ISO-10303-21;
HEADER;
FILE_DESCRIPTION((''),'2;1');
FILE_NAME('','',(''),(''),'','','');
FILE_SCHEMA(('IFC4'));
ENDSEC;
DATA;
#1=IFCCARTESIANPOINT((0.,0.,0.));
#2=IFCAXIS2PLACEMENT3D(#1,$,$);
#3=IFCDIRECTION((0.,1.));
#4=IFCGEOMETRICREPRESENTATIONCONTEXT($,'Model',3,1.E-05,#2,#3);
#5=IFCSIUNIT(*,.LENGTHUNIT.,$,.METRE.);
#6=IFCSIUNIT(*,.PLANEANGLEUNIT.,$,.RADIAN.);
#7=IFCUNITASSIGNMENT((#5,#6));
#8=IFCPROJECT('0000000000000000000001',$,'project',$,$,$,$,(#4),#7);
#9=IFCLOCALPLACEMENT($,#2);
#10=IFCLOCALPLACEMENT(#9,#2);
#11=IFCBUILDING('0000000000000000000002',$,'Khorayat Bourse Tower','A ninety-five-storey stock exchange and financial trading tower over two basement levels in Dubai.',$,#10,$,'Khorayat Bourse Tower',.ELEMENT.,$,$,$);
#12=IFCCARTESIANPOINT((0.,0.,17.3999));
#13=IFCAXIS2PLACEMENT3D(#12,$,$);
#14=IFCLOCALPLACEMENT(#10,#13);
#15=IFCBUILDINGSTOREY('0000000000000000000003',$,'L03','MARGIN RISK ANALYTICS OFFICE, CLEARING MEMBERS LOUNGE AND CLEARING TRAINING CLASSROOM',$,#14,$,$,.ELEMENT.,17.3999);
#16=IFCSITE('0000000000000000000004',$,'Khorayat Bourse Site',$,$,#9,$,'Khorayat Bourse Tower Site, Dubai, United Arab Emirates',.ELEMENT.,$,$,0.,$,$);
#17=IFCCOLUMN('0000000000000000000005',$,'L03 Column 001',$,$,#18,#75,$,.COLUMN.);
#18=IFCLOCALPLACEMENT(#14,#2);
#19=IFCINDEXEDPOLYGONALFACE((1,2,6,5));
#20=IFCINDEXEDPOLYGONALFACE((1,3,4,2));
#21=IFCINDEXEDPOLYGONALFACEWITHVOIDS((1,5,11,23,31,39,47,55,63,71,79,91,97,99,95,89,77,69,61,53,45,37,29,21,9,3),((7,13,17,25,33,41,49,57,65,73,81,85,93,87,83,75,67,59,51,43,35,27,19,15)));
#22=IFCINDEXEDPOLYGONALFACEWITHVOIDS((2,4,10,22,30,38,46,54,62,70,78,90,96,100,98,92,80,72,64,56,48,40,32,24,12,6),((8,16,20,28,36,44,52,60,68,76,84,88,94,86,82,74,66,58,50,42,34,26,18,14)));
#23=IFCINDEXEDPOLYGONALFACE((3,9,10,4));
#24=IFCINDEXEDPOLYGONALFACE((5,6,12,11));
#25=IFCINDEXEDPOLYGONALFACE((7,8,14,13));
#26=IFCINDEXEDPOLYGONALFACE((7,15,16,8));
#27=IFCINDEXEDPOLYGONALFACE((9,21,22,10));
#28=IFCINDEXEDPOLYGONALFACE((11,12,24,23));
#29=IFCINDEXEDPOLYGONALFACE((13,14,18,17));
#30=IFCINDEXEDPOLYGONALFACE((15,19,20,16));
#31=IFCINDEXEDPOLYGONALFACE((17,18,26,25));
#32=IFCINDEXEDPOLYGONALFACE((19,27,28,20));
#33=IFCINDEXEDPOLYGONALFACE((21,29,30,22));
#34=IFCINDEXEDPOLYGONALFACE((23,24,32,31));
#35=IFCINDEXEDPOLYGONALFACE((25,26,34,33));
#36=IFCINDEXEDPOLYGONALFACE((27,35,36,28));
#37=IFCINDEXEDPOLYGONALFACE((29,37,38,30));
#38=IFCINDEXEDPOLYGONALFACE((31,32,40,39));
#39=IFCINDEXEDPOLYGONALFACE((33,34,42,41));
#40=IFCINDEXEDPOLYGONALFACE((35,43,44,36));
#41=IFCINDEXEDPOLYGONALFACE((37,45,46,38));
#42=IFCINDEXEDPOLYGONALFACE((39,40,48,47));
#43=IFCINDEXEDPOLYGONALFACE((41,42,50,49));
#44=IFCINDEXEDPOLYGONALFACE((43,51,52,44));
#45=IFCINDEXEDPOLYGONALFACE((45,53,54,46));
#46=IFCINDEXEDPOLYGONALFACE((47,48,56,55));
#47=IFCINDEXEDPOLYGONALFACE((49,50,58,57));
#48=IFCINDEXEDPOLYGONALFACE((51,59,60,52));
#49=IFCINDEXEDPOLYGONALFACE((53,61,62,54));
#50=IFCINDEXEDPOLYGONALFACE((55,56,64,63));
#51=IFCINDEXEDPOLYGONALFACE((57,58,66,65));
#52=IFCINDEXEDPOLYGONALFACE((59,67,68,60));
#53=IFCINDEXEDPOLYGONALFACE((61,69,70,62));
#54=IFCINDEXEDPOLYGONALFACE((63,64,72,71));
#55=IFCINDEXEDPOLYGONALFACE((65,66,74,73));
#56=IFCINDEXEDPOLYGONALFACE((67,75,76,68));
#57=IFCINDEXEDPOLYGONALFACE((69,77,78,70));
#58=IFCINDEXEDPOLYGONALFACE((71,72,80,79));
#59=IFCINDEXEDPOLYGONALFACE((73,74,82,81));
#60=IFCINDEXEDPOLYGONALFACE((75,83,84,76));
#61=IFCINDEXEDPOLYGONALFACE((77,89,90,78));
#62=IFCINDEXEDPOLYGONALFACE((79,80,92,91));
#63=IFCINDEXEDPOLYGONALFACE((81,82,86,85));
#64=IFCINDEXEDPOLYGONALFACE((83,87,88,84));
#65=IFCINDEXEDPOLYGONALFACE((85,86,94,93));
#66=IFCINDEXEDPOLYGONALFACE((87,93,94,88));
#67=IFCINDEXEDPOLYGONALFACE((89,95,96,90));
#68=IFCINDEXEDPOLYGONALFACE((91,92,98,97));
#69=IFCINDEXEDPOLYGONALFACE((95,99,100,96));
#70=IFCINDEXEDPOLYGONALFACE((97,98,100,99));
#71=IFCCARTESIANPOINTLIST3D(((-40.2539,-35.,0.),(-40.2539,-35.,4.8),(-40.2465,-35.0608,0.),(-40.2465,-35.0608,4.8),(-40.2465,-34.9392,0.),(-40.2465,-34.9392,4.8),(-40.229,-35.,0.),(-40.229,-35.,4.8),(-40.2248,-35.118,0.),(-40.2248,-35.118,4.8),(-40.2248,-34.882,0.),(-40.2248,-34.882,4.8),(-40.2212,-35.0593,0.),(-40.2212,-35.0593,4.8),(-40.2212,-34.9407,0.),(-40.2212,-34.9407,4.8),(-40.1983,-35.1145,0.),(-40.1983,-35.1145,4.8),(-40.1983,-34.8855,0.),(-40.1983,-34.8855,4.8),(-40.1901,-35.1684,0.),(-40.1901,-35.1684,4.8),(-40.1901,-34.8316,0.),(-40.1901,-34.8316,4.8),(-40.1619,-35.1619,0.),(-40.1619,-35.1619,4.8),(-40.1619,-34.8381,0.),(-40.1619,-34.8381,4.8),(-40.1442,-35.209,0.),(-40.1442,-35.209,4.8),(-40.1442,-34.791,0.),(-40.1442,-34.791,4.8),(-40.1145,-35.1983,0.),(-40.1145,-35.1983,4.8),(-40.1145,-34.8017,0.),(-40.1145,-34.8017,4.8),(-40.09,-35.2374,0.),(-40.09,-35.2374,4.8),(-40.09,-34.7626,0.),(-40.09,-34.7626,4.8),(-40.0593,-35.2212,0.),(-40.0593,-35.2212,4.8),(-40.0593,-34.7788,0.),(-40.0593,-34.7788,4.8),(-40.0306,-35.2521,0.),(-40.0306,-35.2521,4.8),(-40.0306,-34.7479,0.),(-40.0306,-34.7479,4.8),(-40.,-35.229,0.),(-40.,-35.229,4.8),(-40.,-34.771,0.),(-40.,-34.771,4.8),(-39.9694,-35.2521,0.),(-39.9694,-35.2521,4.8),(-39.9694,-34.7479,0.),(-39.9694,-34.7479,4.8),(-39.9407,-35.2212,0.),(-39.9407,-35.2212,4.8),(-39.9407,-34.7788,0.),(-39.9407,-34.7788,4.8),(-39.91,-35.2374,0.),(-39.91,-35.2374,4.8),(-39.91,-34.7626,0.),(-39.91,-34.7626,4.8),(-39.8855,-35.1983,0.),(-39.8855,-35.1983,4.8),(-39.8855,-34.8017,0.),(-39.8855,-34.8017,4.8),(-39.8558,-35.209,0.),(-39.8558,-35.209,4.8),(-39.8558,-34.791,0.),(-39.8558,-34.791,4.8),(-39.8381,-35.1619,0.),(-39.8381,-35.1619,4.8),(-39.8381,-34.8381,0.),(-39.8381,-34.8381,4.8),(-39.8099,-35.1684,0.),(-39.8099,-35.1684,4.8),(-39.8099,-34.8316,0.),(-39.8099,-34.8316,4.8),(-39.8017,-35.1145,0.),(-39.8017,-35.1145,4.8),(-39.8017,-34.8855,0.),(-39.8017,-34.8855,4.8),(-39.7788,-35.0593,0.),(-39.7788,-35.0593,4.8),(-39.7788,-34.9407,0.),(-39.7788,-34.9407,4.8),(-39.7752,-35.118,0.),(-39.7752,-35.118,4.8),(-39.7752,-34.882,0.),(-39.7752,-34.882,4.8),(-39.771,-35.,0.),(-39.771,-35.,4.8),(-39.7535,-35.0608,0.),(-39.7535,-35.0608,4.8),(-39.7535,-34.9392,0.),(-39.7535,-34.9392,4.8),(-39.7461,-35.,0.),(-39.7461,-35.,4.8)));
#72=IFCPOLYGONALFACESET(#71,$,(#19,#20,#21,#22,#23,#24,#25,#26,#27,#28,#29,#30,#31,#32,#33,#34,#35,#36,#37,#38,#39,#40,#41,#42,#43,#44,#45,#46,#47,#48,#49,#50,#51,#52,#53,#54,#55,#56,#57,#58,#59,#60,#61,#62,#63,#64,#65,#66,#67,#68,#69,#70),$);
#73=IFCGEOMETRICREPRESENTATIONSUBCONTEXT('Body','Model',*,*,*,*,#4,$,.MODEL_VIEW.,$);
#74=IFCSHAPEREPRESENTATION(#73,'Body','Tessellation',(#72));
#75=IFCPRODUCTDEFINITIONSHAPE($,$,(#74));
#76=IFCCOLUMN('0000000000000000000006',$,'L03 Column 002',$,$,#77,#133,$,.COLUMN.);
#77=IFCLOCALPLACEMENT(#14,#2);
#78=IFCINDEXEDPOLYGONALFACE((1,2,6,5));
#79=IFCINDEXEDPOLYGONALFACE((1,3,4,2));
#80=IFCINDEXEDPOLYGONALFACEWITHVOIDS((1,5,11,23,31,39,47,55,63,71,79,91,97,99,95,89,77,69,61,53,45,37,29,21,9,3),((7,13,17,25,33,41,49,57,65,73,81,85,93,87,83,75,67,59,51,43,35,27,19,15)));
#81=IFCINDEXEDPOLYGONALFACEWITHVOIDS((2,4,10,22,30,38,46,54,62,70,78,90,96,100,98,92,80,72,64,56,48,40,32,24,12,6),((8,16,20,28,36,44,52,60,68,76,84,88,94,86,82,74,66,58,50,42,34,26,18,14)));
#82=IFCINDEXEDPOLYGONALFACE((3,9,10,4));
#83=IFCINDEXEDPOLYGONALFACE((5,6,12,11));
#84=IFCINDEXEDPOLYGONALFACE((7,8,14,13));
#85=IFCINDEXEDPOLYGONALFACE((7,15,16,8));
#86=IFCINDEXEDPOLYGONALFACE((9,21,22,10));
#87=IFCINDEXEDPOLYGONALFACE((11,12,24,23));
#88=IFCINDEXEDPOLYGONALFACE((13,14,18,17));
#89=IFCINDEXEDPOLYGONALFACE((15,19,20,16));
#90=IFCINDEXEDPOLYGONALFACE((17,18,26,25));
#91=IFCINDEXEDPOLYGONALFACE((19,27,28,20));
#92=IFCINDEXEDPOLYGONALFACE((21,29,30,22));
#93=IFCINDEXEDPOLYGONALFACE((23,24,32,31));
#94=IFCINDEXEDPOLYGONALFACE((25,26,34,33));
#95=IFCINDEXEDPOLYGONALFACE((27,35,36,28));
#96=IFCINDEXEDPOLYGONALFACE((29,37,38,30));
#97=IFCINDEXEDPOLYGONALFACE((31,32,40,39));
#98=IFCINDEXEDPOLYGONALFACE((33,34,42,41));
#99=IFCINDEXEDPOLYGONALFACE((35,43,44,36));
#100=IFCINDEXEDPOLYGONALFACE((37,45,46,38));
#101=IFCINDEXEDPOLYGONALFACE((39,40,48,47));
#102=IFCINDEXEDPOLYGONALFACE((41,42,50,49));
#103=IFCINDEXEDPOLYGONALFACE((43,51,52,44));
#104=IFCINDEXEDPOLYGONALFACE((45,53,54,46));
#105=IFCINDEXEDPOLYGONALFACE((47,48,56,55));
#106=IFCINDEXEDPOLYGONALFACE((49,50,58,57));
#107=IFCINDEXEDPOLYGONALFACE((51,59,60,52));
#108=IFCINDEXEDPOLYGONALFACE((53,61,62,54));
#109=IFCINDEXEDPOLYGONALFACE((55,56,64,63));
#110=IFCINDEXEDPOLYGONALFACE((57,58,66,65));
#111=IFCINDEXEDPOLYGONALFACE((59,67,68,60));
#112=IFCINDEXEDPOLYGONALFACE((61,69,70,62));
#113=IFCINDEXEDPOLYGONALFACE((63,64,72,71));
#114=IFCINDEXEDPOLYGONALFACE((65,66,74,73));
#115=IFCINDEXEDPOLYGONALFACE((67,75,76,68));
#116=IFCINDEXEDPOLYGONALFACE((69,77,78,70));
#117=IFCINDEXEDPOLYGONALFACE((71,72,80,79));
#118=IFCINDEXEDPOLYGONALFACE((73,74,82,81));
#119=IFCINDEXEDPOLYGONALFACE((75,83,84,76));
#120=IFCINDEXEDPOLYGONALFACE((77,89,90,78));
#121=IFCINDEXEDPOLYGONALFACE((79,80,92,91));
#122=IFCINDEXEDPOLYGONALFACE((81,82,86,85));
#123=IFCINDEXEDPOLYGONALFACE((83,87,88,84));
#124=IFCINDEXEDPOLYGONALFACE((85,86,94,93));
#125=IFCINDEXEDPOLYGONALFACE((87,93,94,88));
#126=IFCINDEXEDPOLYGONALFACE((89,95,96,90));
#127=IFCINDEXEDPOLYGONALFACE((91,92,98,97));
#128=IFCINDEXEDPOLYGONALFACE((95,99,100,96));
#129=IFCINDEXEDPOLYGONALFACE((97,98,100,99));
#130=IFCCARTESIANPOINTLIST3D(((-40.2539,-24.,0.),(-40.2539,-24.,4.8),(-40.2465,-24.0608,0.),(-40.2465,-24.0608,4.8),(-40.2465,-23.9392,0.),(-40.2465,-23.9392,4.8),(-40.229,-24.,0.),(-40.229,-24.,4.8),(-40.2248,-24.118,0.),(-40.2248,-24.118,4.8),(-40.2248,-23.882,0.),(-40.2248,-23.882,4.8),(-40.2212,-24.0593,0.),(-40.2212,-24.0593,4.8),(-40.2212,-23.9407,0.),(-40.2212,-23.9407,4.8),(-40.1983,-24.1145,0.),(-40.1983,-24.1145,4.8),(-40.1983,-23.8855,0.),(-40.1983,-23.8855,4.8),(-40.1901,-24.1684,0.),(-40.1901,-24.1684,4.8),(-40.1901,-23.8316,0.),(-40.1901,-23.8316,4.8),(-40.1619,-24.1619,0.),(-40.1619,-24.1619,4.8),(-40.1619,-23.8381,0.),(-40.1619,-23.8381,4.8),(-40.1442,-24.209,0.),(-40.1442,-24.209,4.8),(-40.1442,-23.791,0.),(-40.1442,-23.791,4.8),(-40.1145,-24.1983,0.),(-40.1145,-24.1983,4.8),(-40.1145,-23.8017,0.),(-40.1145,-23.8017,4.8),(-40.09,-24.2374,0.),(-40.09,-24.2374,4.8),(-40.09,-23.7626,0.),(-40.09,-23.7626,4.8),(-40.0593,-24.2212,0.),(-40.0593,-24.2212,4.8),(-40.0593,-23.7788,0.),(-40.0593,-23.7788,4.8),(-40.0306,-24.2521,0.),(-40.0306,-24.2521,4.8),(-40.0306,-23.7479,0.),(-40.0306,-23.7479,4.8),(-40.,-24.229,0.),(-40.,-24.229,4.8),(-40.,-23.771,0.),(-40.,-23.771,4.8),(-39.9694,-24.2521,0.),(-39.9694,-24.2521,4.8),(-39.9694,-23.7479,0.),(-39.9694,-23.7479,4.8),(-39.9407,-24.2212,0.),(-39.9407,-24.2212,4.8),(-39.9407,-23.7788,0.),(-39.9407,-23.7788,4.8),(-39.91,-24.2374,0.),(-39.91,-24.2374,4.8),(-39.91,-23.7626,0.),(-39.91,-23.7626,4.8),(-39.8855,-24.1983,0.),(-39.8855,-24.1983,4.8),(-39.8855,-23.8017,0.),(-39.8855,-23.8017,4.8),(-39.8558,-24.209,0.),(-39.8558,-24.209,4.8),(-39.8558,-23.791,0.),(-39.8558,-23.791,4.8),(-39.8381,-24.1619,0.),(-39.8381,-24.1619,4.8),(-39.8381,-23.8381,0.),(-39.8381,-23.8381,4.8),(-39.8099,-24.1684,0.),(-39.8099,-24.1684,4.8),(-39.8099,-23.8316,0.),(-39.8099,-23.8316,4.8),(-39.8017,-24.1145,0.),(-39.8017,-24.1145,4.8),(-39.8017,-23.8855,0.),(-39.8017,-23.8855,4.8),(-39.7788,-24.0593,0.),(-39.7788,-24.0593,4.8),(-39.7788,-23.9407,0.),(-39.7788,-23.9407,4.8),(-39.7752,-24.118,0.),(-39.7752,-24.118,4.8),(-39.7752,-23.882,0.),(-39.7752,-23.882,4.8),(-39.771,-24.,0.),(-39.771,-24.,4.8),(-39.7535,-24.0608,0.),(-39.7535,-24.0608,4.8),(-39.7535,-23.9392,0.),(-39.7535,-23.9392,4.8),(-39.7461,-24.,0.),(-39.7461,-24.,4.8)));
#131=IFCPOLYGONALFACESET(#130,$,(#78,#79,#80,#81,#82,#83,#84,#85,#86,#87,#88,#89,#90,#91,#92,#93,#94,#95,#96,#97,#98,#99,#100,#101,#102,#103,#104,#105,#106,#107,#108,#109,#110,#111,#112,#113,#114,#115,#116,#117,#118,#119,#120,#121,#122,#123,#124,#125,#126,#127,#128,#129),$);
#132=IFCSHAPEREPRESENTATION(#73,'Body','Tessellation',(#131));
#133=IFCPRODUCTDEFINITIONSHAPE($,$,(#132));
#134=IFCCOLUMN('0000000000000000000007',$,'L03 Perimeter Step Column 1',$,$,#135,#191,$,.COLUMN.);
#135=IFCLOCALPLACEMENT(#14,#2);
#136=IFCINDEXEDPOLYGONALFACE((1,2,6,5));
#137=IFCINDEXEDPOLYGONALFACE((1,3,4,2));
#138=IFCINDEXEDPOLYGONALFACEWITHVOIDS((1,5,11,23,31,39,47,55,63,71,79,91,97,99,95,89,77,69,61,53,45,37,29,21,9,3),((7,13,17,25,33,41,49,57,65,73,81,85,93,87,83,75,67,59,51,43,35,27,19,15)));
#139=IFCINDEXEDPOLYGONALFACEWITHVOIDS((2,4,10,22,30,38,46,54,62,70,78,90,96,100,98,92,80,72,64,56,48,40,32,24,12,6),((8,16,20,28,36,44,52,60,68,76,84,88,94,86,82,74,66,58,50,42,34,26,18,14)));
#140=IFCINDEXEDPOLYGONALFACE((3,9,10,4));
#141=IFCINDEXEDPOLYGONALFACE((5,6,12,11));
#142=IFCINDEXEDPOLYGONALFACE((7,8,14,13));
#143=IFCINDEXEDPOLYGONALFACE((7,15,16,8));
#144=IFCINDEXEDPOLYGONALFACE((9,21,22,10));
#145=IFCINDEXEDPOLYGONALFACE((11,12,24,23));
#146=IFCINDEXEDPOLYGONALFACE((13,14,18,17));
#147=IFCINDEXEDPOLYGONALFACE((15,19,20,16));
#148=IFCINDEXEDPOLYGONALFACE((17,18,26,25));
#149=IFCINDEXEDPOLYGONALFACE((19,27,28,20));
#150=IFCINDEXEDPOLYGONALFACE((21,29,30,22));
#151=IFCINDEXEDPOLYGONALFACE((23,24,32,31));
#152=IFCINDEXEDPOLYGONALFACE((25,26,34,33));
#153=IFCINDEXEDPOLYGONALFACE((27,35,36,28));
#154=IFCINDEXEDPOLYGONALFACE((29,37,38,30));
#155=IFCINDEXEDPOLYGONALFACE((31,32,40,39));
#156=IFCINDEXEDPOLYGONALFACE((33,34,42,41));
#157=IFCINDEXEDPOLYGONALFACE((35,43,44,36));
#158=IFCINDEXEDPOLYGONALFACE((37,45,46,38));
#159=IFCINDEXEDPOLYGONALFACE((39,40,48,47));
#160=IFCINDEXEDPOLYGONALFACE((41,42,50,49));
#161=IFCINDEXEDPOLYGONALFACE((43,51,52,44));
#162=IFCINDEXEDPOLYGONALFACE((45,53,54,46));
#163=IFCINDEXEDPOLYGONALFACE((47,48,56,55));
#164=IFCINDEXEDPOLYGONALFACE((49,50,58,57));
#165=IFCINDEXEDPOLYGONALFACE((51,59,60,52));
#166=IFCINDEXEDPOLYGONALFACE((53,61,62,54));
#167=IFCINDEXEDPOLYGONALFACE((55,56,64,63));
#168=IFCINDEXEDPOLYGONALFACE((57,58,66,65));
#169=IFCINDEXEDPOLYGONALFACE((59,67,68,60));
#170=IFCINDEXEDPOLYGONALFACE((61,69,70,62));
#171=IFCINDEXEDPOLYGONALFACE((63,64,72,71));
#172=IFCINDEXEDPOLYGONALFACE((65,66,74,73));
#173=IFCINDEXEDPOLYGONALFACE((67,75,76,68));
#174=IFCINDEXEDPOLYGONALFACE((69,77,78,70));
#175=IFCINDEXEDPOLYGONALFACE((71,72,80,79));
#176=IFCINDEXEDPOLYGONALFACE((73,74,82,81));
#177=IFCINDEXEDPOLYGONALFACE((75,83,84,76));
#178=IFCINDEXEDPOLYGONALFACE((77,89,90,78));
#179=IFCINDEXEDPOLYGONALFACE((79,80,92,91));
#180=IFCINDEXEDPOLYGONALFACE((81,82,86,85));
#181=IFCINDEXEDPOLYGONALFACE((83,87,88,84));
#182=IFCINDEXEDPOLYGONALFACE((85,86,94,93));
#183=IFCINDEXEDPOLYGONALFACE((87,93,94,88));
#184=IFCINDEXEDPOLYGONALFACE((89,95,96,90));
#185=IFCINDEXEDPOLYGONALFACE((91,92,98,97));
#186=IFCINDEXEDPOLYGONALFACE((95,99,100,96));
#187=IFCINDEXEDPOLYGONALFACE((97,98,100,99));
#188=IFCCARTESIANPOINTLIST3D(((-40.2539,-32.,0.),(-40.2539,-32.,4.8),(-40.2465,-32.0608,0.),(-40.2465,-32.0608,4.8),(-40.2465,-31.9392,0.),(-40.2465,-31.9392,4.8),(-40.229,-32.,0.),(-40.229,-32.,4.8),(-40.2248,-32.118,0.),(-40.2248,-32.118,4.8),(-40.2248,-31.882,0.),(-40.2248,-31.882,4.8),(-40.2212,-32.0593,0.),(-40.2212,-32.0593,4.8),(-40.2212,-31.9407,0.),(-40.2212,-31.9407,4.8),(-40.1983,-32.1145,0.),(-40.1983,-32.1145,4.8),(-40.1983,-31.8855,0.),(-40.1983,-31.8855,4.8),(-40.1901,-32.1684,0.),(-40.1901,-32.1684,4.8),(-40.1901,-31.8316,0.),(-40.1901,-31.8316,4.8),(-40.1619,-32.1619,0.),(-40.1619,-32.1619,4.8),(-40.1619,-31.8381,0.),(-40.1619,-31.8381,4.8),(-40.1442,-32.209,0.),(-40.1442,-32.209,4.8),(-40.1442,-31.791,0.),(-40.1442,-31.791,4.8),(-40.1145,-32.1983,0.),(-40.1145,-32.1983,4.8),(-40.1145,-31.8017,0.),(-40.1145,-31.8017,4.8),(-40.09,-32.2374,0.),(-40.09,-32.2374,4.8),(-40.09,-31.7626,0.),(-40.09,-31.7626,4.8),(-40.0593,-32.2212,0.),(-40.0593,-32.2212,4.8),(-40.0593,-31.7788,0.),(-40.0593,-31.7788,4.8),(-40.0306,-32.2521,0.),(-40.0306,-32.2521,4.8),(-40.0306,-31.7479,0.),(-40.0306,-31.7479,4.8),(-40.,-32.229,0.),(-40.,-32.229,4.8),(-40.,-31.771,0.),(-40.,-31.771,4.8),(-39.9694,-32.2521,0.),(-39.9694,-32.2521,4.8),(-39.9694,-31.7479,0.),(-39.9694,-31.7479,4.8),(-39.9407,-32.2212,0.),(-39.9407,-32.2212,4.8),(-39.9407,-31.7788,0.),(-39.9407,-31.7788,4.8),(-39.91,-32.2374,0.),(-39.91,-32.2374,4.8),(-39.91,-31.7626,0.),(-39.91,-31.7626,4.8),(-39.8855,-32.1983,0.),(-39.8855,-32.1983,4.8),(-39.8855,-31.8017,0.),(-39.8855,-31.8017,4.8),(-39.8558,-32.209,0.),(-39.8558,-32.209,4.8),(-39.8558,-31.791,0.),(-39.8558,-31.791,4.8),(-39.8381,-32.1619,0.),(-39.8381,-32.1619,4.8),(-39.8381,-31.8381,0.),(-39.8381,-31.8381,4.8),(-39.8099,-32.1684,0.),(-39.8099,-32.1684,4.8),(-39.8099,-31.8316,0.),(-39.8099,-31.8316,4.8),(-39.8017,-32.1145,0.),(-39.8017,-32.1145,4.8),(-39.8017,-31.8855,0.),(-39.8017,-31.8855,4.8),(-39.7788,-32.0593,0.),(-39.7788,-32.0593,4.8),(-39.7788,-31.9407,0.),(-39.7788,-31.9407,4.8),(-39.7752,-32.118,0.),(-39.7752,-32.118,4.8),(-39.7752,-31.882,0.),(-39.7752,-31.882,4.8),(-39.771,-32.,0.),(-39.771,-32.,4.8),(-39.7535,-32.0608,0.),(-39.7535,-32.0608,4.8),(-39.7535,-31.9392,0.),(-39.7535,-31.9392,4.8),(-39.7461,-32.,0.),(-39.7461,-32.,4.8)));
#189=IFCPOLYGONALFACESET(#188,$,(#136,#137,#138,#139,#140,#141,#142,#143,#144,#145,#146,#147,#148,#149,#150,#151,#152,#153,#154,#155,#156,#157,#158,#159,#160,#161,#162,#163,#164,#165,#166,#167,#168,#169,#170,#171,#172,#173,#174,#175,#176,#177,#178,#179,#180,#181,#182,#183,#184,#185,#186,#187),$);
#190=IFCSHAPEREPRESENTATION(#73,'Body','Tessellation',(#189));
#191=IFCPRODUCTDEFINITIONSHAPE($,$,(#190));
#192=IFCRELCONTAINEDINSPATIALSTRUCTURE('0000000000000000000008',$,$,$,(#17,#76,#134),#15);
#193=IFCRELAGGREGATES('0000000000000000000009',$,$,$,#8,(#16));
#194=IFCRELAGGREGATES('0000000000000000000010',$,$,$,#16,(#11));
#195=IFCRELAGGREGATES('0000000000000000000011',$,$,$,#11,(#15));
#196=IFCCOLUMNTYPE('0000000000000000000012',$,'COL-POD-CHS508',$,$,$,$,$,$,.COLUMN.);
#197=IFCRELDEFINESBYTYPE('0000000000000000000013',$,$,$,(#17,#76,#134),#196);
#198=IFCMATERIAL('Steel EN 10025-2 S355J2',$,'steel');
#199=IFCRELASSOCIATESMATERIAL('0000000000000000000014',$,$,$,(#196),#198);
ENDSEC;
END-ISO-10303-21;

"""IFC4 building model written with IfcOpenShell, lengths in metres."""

from ifc_helpers import new_model, si_unit, direction, frame, origin, origin_2d, place, context, subcontext, project, spatial, hollow_circle, extrude, source, transform, mapped, material, material_profile, profile_set, type_object, element, save


model = new_model("IFC4")

# Units and contexts
model_context = context("Model", 3, precision=1e-05, world=origin(), true_north=direction((0.0, 1.0)))
body_context = subcontext(model_context, "Body", "Model", "MODEL_VIEW")
ifc_project = project(units=[si_unit("LENGTHUNIT", "METRE"), si_unit("PLANEANGLEUNIT", "RADIAN")], contexts=[model_context])

# Site, building, storey
site_placement = place(None, origin())
site = spatial("IfcSite", under=ifc_project, at=site_placement, Name="Khorayat Bourse Site", LongName="Khorayat Bourse Tower Site, Dubai, United Arab Emirates", CompositionType="ELEMENT", RefElevation=0.0)
building_placement = place(site_placement, origin())
building = spatial("IfcBuilding", under=site, at=building_placement, Name="Khorayat Bourse Tower", Description="A ninety-five-storey stock exchange and financial trading tower over two basement levels in Dubai.", LongName="Khorayat Bourse Tower", CompositionType="ELEMENT")
storey_placement = place(building_placement, frame((0.0, 0.0, 17.3999)))
storey = spatial("IfcBuildingStorey", under=building, at=storey_placement, Name="L03", Description="MARGIN RISK ANALYTICS OFFICE, CLEARING MEMBERS LOUNGE AND CLEARING TRAINING CLASSROOM", CompositionType="ELEMENT", Elevation=17.3999)

# Columns
ifc_material_1 = material(Name="Steel EN 10025-2 S355J2", Category="steel")
ifc_material_profile_1 = material_profile(ifc_material_1, hollow_circle(Radius=0.2539, WallThickness=0.0249, at=origin_2d()), Name="CHS 508x25")
ifc_profile_set_1 = profile_set([ifc_material_profile_1], Name="Steel EN 10025-2 S355J2")
column_type = type_object("IfcColumnType", Name="COL-POD-CHS508", PredefinedType="COLUMN", material=ifc_profile_set_1)
shared_shape_1 = source(origin(), body_context, "Body", "SweptSolid", [
    extrude(hollow_circle(Radius=0.2539, WallThickness=0.0249, at=origin_2d()), origin(), (0.0, 0.0, 1.0), 4.8),
])
for number, where, z_axis, x_axis, name in (
    (1, (-40.0, -35.0, 0.0), (0.0, 0.0, 1.0), (1.0, 0.0, 0.0), "L03 Column 001"),
    (2, (-40.0, -24.0, 0.0), (0.0, 0.0, 1.0), (1.0, 0.0, 0.0), "L03 Column 002"),
    (3, (-40.0, -32.0, 0.0), (0.0, 0.0, 1.0), (1.0, 0.0, 0.0), "L03 Perimeter Step Column 1"),
):
    element("IfcColumn", number, at=place(storey_placement, frame(where, z_axis=z_axis, x_axis=x_axis)), inside=storey, type_object=column_type, Name=name, PredefinedType="COLUMN", context=body_context, shape_type="MappedRepresentation", body=[
        mapped(shared_shape_1, transform((0.0, 0.0, 0.0), scale=1.0)),
    ])

save(model, "model.ifc")
